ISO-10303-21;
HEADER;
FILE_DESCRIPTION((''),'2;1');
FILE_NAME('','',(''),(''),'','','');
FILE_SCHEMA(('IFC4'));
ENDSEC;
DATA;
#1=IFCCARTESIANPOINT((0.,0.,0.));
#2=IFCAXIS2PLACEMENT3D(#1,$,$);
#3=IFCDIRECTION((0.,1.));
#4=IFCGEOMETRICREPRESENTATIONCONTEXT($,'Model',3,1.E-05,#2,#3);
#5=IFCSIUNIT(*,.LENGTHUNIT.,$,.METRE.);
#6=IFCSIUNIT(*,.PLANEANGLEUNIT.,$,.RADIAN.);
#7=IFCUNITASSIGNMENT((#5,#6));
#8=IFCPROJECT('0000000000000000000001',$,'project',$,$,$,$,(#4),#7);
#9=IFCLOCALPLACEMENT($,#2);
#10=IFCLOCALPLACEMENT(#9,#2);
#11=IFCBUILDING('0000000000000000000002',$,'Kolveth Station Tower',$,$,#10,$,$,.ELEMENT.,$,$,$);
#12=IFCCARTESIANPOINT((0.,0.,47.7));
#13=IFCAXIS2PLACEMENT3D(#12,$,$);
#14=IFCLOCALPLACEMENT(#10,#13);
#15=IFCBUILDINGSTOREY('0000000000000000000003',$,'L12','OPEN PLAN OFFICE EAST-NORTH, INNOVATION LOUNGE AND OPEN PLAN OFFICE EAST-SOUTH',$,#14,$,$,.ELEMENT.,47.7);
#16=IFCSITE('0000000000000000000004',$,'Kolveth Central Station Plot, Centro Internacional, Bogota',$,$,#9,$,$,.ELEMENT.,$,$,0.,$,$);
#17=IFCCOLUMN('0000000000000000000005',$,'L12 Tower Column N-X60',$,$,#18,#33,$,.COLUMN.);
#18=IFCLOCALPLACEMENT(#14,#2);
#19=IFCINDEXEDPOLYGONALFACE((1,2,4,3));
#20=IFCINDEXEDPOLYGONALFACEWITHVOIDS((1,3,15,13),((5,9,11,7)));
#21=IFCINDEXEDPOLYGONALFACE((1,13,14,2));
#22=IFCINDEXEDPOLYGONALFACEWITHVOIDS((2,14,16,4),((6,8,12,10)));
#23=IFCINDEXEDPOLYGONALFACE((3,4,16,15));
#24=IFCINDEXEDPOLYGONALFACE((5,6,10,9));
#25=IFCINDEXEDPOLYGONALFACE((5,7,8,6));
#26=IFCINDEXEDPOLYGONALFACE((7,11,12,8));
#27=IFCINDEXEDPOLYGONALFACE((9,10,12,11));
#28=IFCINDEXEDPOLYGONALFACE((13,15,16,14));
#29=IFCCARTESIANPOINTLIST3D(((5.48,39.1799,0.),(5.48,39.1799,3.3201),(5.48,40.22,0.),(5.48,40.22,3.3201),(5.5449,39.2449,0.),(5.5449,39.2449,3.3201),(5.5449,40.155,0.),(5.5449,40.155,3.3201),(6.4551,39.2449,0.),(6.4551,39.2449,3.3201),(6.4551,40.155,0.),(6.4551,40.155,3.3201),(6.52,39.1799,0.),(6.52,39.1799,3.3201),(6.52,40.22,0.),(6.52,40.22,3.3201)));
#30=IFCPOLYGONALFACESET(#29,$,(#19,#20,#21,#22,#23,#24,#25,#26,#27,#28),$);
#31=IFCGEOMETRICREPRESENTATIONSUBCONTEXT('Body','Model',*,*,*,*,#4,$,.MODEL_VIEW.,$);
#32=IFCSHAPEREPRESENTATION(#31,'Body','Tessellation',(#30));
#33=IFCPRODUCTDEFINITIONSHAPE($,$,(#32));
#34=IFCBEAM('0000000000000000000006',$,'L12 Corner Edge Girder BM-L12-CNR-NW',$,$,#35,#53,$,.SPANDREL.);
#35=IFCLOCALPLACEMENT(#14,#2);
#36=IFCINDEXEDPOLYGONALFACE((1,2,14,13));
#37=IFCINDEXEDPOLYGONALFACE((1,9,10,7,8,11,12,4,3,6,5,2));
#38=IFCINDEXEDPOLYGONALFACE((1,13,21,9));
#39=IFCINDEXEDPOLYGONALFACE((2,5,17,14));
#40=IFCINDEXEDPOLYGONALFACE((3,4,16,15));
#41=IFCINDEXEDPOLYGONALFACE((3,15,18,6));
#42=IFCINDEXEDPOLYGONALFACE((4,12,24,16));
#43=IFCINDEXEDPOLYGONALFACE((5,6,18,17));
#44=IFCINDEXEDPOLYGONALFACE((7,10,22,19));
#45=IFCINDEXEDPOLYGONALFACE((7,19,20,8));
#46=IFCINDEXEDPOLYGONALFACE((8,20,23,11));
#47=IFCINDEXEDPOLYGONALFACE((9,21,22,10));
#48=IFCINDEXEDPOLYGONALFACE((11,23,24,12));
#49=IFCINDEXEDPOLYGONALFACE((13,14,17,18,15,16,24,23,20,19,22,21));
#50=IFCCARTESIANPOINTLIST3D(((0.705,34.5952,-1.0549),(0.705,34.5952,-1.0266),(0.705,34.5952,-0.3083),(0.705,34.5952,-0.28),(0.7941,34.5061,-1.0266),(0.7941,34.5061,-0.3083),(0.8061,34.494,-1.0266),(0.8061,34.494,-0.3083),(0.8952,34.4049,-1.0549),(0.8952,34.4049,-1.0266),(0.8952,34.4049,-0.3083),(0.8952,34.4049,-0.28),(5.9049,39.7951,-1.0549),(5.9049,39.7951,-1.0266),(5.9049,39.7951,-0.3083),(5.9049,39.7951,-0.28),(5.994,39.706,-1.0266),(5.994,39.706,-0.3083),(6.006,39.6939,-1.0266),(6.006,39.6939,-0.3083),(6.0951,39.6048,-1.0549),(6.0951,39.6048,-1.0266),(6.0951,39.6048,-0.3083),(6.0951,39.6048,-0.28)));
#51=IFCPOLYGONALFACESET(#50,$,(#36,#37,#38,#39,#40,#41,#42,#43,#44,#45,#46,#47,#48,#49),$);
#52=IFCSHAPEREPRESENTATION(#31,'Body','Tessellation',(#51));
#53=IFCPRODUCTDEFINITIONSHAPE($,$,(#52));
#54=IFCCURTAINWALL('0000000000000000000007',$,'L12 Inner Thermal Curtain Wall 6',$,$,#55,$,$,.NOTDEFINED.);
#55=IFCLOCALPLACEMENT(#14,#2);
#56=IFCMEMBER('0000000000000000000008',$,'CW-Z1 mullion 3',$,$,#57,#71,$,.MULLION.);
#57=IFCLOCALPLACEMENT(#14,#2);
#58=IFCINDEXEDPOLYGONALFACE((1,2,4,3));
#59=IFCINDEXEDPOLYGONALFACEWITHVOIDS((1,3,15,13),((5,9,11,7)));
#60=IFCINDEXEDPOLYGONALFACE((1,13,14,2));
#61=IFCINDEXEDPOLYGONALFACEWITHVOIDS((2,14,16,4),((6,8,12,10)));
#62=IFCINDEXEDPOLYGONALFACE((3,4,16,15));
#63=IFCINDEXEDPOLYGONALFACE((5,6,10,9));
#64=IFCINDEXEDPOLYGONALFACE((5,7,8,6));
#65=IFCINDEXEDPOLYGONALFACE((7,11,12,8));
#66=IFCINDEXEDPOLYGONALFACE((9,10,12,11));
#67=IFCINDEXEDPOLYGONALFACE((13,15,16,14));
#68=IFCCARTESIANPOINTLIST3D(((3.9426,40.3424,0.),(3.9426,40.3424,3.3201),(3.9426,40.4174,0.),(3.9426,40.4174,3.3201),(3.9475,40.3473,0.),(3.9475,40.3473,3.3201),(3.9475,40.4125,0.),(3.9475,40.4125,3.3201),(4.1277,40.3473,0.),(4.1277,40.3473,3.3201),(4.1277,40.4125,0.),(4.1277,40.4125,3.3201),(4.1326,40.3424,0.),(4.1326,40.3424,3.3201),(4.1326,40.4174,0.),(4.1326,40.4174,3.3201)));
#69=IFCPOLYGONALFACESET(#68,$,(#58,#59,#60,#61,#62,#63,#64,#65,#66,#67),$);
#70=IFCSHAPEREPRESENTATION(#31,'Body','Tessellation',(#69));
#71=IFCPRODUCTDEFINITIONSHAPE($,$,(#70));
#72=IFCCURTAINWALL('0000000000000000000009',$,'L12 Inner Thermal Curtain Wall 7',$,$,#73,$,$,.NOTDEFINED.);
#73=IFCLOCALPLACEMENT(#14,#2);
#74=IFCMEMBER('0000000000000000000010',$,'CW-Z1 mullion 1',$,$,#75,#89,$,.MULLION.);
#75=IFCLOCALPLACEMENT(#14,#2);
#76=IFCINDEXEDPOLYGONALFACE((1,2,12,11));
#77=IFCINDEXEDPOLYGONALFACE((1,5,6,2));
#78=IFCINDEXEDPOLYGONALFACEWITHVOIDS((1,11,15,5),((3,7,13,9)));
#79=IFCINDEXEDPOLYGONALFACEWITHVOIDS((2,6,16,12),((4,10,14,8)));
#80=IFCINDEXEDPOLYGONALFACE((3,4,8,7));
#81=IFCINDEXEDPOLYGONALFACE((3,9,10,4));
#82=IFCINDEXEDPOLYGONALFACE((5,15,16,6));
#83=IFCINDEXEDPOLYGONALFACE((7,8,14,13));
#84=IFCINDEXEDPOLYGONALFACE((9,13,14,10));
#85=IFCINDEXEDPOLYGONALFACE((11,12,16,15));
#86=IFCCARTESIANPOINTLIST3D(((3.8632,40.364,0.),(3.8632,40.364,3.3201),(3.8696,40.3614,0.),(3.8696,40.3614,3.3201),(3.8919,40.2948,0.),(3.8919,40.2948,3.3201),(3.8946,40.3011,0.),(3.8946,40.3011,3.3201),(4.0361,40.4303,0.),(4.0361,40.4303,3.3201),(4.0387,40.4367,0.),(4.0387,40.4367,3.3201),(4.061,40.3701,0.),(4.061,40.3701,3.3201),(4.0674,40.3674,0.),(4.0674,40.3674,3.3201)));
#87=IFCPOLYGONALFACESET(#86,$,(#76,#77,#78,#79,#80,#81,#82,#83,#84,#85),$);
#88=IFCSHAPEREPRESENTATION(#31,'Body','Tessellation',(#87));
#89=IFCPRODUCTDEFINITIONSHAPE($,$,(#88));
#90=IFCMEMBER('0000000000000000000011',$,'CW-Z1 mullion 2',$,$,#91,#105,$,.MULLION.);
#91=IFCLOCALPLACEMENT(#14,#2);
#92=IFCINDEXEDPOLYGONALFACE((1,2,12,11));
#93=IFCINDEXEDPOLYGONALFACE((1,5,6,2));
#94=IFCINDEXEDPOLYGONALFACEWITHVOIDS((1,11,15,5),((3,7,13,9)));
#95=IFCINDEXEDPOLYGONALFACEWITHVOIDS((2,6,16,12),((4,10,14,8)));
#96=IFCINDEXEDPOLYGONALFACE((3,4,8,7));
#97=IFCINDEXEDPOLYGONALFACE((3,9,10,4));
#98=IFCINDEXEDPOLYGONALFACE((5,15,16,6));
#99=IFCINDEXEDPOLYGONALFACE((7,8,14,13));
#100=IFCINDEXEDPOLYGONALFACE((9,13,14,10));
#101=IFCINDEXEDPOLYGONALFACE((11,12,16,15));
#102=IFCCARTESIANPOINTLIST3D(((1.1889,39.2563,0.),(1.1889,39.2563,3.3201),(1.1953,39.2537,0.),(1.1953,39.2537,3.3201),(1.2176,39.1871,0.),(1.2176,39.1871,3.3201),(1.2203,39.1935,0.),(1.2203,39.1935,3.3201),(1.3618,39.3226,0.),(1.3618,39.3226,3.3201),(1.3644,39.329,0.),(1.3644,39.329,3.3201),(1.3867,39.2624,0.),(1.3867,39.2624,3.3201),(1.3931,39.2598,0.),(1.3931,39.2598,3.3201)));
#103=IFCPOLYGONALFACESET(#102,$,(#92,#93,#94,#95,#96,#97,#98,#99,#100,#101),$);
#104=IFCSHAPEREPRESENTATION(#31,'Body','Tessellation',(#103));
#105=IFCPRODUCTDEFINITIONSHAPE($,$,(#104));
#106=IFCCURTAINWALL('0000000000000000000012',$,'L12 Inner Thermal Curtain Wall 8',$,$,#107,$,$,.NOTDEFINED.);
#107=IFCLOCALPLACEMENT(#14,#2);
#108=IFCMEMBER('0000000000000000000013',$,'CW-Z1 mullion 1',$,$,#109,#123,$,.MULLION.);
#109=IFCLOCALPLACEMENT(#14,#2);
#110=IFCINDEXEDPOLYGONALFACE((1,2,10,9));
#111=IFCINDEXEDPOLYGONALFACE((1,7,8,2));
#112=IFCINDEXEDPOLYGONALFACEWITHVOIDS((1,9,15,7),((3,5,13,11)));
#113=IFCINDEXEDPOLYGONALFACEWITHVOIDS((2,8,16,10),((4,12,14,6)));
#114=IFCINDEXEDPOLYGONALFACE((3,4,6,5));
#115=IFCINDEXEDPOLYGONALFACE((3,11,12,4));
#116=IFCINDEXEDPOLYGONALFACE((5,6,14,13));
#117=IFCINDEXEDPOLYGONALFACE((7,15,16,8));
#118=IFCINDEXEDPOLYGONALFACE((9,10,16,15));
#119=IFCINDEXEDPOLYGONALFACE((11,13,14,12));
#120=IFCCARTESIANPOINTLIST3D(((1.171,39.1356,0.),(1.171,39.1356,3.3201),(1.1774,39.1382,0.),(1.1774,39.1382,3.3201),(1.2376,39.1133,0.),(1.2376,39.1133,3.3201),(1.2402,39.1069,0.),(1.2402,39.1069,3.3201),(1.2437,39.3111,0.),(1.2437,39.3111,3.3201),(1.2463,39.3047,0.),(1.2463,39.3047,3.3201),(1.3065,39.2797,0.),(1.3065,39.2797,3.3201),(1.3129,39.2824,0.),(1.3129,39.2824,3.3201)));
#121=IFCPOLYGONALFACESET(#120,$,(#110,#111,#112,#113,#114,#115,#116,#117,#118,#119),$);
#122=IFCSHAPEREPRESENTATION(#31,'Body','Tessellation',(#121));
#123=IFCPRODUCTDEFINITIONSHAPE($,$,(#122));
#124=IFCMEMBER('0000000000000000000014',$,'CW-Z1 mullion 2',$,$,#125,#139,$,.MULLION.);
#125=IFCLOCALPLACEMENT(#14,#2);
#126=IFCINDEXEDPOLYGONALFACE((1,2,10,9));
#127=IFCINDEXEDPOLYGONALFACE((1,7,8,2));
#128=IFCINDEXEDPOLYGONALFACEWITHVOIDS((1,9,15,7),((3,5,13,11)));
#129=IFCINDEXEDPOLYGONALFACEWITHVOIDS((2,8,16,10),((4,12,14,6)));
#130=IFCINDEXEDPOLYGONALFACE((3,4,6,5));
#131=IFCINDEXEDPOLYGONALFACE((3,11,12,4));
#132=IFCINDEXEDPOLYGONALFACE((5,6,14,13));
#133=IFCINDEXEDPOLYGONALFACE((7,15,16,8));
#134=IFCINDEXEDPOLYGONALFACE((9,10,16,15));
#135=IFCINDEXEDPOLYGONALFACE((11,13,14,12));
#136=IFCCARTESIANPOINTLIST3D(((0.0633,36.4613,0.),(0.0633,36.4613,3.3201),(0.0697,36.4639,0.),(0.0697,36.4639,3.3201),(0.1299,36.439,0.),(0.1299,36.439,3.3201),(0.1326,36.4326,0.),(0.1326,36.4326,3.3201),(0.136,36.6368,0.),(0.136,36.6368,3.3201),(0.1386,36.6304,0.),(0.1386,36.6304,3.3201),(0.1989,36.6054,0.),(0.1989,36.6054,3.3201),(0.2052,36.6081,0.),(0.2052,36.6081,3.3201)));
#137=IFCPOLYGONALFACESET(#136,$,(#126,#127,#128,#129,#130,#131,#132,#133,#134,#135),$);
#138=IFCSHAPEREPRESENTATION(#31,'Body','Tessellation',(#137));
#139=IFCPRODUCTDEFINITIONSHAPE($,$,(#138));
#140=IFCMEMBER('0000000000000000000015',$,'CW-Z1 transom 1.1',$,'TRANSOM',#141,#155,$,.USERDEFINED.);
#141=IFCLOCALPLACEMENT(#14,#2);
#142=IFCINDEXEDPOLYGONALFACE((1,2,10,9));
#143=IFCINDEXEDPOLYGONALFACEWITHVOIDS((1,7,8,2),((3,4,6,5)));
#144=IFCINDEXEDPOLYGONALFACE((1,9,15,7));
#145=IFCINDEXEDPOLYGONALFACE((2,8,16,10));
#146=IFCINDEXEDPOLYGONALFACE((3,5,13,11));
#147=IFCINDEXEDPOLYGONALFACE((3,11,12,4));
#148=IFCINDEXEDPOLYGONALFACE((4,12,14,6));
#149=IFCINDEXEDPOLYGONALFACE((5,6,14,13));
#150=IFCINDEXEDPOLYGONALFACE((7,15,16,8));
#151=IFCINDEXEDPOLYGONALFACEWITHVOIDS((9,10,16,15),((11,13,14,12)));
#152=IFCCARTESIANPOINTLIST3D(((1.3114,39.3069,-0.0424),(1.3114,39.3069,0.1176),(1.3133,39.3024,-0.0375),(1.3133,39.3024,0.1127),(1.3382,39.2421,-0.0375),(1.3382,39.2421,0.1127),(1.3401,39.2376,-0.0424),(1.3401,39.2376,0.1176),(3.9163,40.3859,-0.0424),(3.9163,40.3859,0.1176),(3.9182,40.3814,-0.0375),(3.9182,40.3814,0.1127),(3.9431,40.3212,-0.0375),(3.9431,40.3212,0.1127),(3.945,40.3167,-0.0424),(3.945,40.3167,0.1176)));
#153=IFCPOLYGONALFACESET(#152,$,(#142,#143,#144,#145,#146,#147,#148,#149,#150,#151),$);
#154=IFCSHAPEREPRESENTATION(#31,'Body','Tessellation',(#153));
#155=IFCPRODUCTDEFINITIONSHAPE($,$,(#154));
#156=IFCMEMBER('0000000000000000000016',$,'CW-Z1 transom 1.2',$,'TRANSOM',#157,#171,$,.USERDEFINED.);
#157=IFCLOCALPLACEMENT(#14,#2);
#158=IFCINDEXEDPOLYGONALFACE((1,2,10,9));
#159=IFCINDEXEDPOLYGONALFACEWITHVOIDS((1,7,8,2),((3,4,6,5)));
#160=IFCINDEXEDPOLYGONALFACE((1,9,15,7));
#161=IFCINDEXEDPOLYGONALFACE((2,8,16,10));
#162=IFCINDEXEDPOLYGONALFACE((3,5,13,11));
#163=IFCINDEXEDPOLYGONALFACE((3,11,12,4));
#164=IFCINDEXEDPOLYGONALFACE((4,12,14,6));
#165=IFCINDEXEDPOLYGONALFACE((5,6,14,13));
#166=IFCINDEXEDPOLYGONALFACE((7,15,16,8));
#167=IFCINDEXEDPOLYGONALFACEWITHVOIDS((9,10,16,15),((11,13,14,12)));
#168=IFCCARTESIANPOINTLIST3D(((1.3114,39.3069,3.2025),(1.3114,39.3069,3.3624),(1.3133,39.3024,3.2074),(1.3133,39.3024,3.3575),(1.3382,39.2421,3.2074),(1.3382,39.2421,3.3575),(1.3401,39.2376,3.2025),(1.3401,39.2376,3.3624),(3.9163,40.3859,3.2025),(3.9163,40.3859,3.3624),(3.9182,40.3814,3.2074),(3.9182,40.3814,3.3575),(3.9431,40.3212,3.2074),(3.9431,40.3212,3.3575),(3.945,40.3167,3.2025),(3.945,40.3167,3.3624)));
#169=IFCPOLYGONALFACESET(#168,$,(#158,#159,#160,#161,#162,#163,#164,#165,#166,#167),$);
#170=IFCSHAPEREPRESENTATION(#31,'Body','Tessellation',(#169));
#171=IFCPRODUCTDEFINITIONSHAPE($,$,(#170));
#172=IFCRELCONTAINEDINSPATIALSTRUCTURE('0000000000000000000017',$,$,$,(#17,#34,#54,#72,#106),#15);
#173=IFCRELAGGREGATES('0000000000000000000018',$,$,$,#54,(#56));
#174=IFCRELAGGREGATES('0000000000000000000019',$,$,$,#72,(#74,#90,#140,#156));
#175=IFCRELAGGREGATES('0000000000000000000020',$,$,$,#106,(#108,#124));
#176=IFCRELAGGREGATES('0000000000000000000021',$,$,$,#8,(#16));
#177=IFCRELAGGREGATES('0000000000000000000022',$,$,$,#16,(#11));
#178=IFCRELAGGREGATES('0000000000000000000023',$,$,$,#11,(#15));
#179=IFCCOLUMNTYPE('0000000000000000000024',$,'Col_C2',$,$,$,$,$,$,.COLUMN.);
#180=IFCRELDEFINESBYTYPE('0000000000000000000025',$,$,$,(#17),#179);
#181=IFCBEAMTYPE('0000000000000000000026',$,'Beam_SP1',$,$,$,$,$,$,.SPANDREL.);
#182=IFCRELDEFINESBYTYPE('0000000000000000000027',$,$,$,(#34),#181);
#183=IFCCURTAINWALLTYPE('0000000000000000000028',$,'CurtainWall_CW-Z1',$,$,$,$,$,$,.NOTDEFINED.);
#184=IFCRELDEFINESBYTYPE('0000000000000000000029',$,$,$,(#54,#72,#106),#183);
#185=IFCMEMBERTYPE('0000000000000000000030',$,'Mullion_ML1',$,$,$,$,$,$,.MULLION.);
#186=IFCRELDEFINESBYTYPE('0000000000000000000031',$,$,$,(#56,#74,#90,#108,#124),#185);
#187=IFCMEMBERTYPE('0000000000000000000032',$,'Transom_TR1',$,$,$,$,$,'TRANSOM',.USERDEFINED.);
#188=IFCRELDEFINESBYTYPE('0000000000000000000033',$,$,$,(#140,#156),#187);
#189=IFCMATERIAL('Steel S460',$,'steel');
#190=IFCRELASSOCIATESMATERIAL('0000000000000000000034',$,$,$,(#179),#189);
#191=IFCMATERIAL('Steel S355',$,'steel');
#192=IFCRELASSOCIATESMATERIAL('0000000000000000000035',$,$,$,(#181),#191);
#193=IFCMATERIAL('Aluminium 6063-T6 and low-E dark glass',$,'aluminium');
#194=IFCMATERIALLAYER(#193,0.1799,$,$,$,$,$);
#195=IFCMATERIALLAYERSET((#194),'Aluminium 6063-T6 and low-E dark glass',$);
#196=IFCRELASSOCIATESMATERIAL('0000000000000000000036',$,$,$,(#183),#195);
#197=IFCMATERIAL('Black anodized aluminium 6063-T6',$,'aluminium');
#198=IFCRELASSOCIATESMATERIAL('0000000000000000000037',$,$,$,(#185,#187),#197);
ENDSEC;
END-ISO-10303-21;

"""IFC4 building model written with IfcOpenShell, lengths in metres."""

from ifc_helpers import new_model, si_unit, direction, frame, origin, origin_2d, place, context, subcontext, project, spatial, hollow_rectangle, i_section, extrude, source, transform, mapped, material, layer, layer_set, material_profile, profile_set, type_object, element, aggregate, save


model = new_model("IFC4")

# Units and contexts
model_context = context("Model", 3, precision=1e-05, world=origin(), true_north=direction((0.0, 1.0)))
body_context = subcontext(model_context, "Body", "Model", "MODEL_VIEW")
ifc_project = project(units=[si_unit("LENGTHUNIT", "METRE"), si_unit("PLANEANGLEUNIT", "RADIAN")], contexts=[model_context])

# Site, building, storey
site_placement = place(None, origin())
site = spatial("IfcSite", under=ifc_project, at=site_placement, Name="Kolveth Central Station Plot, Centro Internacional, Bogota", CompositionType="ELEMENT", RefElevation=0.0)
building_placement = place(site_placement, origin())
building = spatial("IfcBuilding", under=site, at=building_placement, Name="Kolveth Station Tower", CompositionType="ELEMENT")
storey_placement = place(building_placement, frame((0.0, 0.0, 47.7)))
storey = spatial("IfcBuildingStorey", under=building, at=storey_placement, Name="L12", Description="OPEN PLAN OFFICE EAST-NORTH, INNOVATION LOUNGE AND OPEN PLAN OFFICE EAST-SOUTH", CompositionType="ELEMENT", Elevation=47.7)

# Column
ifc_material_1 = material(Name="Steel S460", Category="steel")
ifc_material_profile_1 = material_profile(ifc_material_1, hollow_rectangle(XDim=1.04, YDim=1.04, WallThickness=0.0649, at=origin_2d()), Name="BOX1040x1040x65")
ifc_profile_set_1 = profile_set([ifc_material_profile_1], Name="Steel S460")
column_type = type_object("IfcColumnType", Name="Col_C2", PredefinedType="COLUMN", material=ifc_profile_set_1)
shared_shape_1 = source(origin(), body_context, "Body", "SweptSolid", [
    extrude(hollow_rectangle(XDim=1.04, YDim=1.04, WallThickness=0.0649, at=origin_2d()), origin(), (0.0, 0.0, 1.0), 3.3201),
])
column_placement = place(storey_placement, frame((6.0, 39.7, 0.0), z_axis=(0.0, 0.0, 1.0), x_axis=(1.0, 0.0, 0.0)))
element("IfcColumn", 1, at=column_placement, inside=storey, type_object=column_type, Name="L12 Tower Column N-X60", PredefinedType="COLUMN", context=body_context, shape_type="MappedRepresentation", body=[
    mapped(shared_shape_1, transform((0.0, 0.0, 0.0), x_axis=(1.0, 0.0, 0.0), y_axis=(0.0, 1.0, 0.0), z_axis=(0.0, 0.0, 1.0), scale=1.0)),
])

# Beam
ifc_material_2 = material(Name="Steel S355", Category="steel")
ifc_material_profile_2 = material_profile(ifc_material_2, i_section(OverallWidth=0.269, OverallDepth=0.7749, WebThickness=0.0171, FlangeThickness=0.0283, at=origin_2d()), Name="W760x220")
ifc_profile_set_2 = profile_set([ifc_material_profile_2], Name="Steel S355")
beam_type = type_object("IfcBeamType", Name="Beam_SP1", PredefinedType="SPANDREL", material=ifc_profile_set_2)
shared_shape_2 = source(origin(), body_context, "Body", "SweptSolid", [
    extrude(i_section(OverallWidth=0.269, OverallDepth=0.7749, WebThickness=0.0171, FlangeThickness=0.0283, at=origin_2d()), origin(), (0.0, 0.0, 1.0), 7.3538),
])
beam_placement = place(storey_placement, frame((6.0, 39.7, -0.6675), z_axis=(-0.707107, -0.707107, 0.0), x_axis=(0.707107, -0.707107, 0.0)))
element("IfcBeam", 2, at=beam_placement, inside=storey, type_object=beam_type, Name="L12 Corner Edge Girder BM-L12-CNR-NW", PredefinedType="SPANDREL", context=body_context, shape_type="MappedRepresentation", body=[
    mapped(shared_shape_2, transform((0.0, 0.0, 0.0), x_axis=(1.0, 0.0, 0.0), y_axis=(0.0, 1.0, 0.0), z_axis=(0.0, 0.0, 1.0), scale=1.0)),
])

# Curtain wall, member
ifc_material_3 = material(Name="Aluminium 6063-T6 and low-E dark glass", Category="aluminium")
ifc_layer_1 = layer(ifc_material_3, 0.1799)
ifc_layer_set_1 = layer_set([ifc_layer_1], Name="Aluminium 6063-T6 and low-E dark glass")
curtain_wall_type_1 = type_object("IfcCurtainWallType", Name="CurtainWall_CW-Z1", PredefinedType="NOTDEFINED", material=ifc_layer_set_1)
curtain_wall_1_placement = place(storey_placement, origin())
curtain_wall_1 = element("IfcCurtainWall", 3, at=curtain_wall_1_placement, inside=storey, type_object=curtain_wall_type_1, Name="L12 Inner Thermal Curtain Wall 6", PredefinedType="NOTDEFINED")
ifc_material_4 = material(Name="Black anodized aluminium 6063-T6", Category="aluminium")
ifc_material_profile_3 = material_profile(ifc_material_4, hollow_rectangle(XDim=0.075, YDim=0.1899, WallThickness=0.0049, at=origin_2d()), Name="ALU-75x190x5")
ifc_profile_set_3 = profile_set([ifc_material_profile_3], Name="Black anodized aluminium 6063-T6")
member_type_1 = type_object("IfcMemberType", Name="Mullion_ML1", PredefinedType="MULLION", material=ifc_profile_set_3)
shared_shape_3 = source(origin(), body_context, "Body", "SweptSolid", [
    extrude(hollow_rectangle(XDim=0.075, YDim=0.1899, WallThickness=0.0049, at=origin_2d()), origin(), (0.0, 0.0, 1.0), 3.3201),
])
member_1_placement = place(storey_placement, frame((4.0376, 40.3799, 0.0), z_axis=(0.0, 0.0, 1.0), x_axis=(0.0, -1.0, 0.0)))
member_1 = element("IfcMember", 4, at=member_1_placement, type_object=member_type_1, Name="CW-Z1 mullion 3", PredefinedType="MULLION", context=body_context, shape_type="MappedRepresentation", body=[
    mapped(shared_shape_3, transform((0.0, 0.0, 0.0), x_axis=(1.0, 0.0, 0.0), y_axis=(0.0, 1.0, 0.0), z_axis=(0.0, 0.0, 1.0), scale=1.0)),
])
aggregate(curtain_wall_1, [member_1])

# Curtain walls, members
curtain_wall_2_placement = place(storey_placement, origin())
curtain_wall_2 = element("IfcCurtainWall", 5, at=curtain_wall_2_placement, inside=storey, type_object=curtain_wall_type_1, Name="L12 Inner Thermal Curtain Wall 7", PredefinedType="NOTDEFINED")
member_2_placement = place(storey_placement, frame((3.9653, 40.3657, 0.0), z_axis=(0.0, 0.0, 1.0), x_axis=(0.382673, -0.923884, 0.0)))
member_2 = element("IfcMember", 6, at=member_2_placement, type_object=member_type_1, Name="CW-Z1 mullion 1", PredefinedType="MULLION", context=body_context, shape_type="MappedRepresentation", body=[
    mapped(shared_shape_3, transform((0.0, 0.0, 0.0), x_axis=(1.0, 0.0, 0.0), y_axis=(0.0, 1.0, 0.0), z_axis=(0.0, 0.0, 1.0), scale=1.0)),
])
member_3_placement = place(storey_placement, frame((1.291, 39.2581, 0.0), z_axis=(0.0, 0.0, 1.0), x_axis=(0.382673, -0.923884, 0.0)))
member_3 = element("IfcMember", 7, at=member_3_placement, type_object=member_type_1, Name="CW-Z1 mullion 2", PredefinedType="MULLION", context=body_context, shape_type="MappedRepresentation", body=[
    mapped(shared_shape_3, transform((0.0, 0.0, 0.0), x_axis=(1.0, 0.0, 0.0), y_axis=(0.0, 1.0, 0.0), z_axis=(0.0, 0.0, 1.0), scale=1.0)),
])
curtain_wall_3_placement = place(storey_placement, origin())
curtain_wall_3 = element("IfcCurtainWall", 8, at=curtain_wall_3_placement, inside=storey, type_object=curtain_wall_type_1, Name="L12 Inner Thermal Curtain Wall 8", PredefinedType="NOTDEFINED")
member_4_placement = place(storey_placement, frame((1.2419, 39.209, 0.0), z_axis=(0.0, 0.0, 1.0), x_axis=(0.923884, -0.382673, 0.0)))
member_4 = element("IfcMember", 9, at=member_4_placement, type_object=member_type_1, Name="CW-Z1 mullion 1", PredefinedType="MULLION", context=body_context, shape_type="MappedRepresentation", body=[
    mapped(shared_shape_3, transform((0.0, 0.0, 0.0), x_axis=(1.0, 0.0, 0.0), y_axis=(0.0, 1.0, 0.0), z_axis=(0.0, 0.0, 1.0), scale=1.0)),
])
member_5_placement = place(storey_placement, frame((0.1343, 36.5347, 0.0), z_axis=(0.0, 0.0, 1.0), x_axis=(0.923884, -0.382673, 0.0)))
member_5 = element("IfcMember", 10, at=member_5_placement, type_object=member_type_1, Name="CW-Z1 mullion 2", PredefinedType="MULLION", context=body_context, shape_type="MappedRepresentation", body=[
    mapped(shared_shape_3, transform((0.0, 0.0, 0.0), x_axis=(1.0, 0.0, 0.0), y_axis=(0.0, 1.0, 0.0), z_axis=(0.0, 0.0, 1.0), scale=1.0)),
])

# Members
ifc_material_profile_4 = material_profile(ifc_material_4, hollow_rectangle(XDim=0.075, YDim=0.1599, WallThickness=0.0049, at=origin_2d()), Name="ALU-75x160x5")
ifc_profile_set_4 = profile_set([ifc_material_profile_4], Name="Black anodized aluminium 6063-T6")
member_type_2 = type_object("IfcMemberType", Name="Transom_TR1", ElementType="TRANSOM", PredefinedType="USERDEFINED", material=ifc_profile_set_4)
shared_shape_4 = source(origin(), body_context, "Body", "SweptSolid", [
    extrude(hollow_rectangle(XDim=0.075, YDim=0.1599, WallThickness=0.0049, at=origin_2d()), origin(), (0.0, 0.0, 1.0), 2.8196),
])
member_6_placement = place(storey_placement, frame((3.9307, 40.3513, 0.0376), z_axis=(-0.923869, -0.382709, 0.0), x_axis=(0.382709, -0.923869, 0.0)))
member_6 = element("IfcMember", 11, at=member_6_placement, type_object=member_type_2, Name="CW-Z1 transom 1.1", ObjectType="TRANSOM", PredefinedType="USERDEFINED", context=body_context, shape_type="MappedRepresentation", body=[
    mapped(shared_shape_4, transform((0.0, 0.0, 0.0), x_axis=(1.0, 0.0, 0.0), y_axis=(0.0, 1.0, 0.0), z_axis=(0.0, 0.0, 1.0), scale=1.0)),
])
member_7_placement = place(storey_placement, frame((3.9307, 40.3513, 3.2825), z_axis=(-0.923869, -0.382709, 0.0), x_axis=(0.382709, -0.923869, 0.0)))
member_7 = element("IfcMember", 12, at=member_7_placement, type_object=member_type_2, Name="CW-Z1 transom 1.2", ObjectType="TRANSOM", PredefinedType="USERDEFINED", context=body_context, shape_type="MappedRepresentation", body=[
    mapped(shared_shape_4, transform((0.0, 0.0, 0.0), x_axis=(1.0, 0.0, 0.0), y_axis=(0.0, 1.0, 0.0), z_axis=(0.0, 0.0, 1.0), scale=1.0)),
])

aggregate(curtain_wall_2, [member_2, member_3, member_6, member_7])
aggregate(curtain_wall_3, [member_4, member_5])

save(model, "model.ifc")
